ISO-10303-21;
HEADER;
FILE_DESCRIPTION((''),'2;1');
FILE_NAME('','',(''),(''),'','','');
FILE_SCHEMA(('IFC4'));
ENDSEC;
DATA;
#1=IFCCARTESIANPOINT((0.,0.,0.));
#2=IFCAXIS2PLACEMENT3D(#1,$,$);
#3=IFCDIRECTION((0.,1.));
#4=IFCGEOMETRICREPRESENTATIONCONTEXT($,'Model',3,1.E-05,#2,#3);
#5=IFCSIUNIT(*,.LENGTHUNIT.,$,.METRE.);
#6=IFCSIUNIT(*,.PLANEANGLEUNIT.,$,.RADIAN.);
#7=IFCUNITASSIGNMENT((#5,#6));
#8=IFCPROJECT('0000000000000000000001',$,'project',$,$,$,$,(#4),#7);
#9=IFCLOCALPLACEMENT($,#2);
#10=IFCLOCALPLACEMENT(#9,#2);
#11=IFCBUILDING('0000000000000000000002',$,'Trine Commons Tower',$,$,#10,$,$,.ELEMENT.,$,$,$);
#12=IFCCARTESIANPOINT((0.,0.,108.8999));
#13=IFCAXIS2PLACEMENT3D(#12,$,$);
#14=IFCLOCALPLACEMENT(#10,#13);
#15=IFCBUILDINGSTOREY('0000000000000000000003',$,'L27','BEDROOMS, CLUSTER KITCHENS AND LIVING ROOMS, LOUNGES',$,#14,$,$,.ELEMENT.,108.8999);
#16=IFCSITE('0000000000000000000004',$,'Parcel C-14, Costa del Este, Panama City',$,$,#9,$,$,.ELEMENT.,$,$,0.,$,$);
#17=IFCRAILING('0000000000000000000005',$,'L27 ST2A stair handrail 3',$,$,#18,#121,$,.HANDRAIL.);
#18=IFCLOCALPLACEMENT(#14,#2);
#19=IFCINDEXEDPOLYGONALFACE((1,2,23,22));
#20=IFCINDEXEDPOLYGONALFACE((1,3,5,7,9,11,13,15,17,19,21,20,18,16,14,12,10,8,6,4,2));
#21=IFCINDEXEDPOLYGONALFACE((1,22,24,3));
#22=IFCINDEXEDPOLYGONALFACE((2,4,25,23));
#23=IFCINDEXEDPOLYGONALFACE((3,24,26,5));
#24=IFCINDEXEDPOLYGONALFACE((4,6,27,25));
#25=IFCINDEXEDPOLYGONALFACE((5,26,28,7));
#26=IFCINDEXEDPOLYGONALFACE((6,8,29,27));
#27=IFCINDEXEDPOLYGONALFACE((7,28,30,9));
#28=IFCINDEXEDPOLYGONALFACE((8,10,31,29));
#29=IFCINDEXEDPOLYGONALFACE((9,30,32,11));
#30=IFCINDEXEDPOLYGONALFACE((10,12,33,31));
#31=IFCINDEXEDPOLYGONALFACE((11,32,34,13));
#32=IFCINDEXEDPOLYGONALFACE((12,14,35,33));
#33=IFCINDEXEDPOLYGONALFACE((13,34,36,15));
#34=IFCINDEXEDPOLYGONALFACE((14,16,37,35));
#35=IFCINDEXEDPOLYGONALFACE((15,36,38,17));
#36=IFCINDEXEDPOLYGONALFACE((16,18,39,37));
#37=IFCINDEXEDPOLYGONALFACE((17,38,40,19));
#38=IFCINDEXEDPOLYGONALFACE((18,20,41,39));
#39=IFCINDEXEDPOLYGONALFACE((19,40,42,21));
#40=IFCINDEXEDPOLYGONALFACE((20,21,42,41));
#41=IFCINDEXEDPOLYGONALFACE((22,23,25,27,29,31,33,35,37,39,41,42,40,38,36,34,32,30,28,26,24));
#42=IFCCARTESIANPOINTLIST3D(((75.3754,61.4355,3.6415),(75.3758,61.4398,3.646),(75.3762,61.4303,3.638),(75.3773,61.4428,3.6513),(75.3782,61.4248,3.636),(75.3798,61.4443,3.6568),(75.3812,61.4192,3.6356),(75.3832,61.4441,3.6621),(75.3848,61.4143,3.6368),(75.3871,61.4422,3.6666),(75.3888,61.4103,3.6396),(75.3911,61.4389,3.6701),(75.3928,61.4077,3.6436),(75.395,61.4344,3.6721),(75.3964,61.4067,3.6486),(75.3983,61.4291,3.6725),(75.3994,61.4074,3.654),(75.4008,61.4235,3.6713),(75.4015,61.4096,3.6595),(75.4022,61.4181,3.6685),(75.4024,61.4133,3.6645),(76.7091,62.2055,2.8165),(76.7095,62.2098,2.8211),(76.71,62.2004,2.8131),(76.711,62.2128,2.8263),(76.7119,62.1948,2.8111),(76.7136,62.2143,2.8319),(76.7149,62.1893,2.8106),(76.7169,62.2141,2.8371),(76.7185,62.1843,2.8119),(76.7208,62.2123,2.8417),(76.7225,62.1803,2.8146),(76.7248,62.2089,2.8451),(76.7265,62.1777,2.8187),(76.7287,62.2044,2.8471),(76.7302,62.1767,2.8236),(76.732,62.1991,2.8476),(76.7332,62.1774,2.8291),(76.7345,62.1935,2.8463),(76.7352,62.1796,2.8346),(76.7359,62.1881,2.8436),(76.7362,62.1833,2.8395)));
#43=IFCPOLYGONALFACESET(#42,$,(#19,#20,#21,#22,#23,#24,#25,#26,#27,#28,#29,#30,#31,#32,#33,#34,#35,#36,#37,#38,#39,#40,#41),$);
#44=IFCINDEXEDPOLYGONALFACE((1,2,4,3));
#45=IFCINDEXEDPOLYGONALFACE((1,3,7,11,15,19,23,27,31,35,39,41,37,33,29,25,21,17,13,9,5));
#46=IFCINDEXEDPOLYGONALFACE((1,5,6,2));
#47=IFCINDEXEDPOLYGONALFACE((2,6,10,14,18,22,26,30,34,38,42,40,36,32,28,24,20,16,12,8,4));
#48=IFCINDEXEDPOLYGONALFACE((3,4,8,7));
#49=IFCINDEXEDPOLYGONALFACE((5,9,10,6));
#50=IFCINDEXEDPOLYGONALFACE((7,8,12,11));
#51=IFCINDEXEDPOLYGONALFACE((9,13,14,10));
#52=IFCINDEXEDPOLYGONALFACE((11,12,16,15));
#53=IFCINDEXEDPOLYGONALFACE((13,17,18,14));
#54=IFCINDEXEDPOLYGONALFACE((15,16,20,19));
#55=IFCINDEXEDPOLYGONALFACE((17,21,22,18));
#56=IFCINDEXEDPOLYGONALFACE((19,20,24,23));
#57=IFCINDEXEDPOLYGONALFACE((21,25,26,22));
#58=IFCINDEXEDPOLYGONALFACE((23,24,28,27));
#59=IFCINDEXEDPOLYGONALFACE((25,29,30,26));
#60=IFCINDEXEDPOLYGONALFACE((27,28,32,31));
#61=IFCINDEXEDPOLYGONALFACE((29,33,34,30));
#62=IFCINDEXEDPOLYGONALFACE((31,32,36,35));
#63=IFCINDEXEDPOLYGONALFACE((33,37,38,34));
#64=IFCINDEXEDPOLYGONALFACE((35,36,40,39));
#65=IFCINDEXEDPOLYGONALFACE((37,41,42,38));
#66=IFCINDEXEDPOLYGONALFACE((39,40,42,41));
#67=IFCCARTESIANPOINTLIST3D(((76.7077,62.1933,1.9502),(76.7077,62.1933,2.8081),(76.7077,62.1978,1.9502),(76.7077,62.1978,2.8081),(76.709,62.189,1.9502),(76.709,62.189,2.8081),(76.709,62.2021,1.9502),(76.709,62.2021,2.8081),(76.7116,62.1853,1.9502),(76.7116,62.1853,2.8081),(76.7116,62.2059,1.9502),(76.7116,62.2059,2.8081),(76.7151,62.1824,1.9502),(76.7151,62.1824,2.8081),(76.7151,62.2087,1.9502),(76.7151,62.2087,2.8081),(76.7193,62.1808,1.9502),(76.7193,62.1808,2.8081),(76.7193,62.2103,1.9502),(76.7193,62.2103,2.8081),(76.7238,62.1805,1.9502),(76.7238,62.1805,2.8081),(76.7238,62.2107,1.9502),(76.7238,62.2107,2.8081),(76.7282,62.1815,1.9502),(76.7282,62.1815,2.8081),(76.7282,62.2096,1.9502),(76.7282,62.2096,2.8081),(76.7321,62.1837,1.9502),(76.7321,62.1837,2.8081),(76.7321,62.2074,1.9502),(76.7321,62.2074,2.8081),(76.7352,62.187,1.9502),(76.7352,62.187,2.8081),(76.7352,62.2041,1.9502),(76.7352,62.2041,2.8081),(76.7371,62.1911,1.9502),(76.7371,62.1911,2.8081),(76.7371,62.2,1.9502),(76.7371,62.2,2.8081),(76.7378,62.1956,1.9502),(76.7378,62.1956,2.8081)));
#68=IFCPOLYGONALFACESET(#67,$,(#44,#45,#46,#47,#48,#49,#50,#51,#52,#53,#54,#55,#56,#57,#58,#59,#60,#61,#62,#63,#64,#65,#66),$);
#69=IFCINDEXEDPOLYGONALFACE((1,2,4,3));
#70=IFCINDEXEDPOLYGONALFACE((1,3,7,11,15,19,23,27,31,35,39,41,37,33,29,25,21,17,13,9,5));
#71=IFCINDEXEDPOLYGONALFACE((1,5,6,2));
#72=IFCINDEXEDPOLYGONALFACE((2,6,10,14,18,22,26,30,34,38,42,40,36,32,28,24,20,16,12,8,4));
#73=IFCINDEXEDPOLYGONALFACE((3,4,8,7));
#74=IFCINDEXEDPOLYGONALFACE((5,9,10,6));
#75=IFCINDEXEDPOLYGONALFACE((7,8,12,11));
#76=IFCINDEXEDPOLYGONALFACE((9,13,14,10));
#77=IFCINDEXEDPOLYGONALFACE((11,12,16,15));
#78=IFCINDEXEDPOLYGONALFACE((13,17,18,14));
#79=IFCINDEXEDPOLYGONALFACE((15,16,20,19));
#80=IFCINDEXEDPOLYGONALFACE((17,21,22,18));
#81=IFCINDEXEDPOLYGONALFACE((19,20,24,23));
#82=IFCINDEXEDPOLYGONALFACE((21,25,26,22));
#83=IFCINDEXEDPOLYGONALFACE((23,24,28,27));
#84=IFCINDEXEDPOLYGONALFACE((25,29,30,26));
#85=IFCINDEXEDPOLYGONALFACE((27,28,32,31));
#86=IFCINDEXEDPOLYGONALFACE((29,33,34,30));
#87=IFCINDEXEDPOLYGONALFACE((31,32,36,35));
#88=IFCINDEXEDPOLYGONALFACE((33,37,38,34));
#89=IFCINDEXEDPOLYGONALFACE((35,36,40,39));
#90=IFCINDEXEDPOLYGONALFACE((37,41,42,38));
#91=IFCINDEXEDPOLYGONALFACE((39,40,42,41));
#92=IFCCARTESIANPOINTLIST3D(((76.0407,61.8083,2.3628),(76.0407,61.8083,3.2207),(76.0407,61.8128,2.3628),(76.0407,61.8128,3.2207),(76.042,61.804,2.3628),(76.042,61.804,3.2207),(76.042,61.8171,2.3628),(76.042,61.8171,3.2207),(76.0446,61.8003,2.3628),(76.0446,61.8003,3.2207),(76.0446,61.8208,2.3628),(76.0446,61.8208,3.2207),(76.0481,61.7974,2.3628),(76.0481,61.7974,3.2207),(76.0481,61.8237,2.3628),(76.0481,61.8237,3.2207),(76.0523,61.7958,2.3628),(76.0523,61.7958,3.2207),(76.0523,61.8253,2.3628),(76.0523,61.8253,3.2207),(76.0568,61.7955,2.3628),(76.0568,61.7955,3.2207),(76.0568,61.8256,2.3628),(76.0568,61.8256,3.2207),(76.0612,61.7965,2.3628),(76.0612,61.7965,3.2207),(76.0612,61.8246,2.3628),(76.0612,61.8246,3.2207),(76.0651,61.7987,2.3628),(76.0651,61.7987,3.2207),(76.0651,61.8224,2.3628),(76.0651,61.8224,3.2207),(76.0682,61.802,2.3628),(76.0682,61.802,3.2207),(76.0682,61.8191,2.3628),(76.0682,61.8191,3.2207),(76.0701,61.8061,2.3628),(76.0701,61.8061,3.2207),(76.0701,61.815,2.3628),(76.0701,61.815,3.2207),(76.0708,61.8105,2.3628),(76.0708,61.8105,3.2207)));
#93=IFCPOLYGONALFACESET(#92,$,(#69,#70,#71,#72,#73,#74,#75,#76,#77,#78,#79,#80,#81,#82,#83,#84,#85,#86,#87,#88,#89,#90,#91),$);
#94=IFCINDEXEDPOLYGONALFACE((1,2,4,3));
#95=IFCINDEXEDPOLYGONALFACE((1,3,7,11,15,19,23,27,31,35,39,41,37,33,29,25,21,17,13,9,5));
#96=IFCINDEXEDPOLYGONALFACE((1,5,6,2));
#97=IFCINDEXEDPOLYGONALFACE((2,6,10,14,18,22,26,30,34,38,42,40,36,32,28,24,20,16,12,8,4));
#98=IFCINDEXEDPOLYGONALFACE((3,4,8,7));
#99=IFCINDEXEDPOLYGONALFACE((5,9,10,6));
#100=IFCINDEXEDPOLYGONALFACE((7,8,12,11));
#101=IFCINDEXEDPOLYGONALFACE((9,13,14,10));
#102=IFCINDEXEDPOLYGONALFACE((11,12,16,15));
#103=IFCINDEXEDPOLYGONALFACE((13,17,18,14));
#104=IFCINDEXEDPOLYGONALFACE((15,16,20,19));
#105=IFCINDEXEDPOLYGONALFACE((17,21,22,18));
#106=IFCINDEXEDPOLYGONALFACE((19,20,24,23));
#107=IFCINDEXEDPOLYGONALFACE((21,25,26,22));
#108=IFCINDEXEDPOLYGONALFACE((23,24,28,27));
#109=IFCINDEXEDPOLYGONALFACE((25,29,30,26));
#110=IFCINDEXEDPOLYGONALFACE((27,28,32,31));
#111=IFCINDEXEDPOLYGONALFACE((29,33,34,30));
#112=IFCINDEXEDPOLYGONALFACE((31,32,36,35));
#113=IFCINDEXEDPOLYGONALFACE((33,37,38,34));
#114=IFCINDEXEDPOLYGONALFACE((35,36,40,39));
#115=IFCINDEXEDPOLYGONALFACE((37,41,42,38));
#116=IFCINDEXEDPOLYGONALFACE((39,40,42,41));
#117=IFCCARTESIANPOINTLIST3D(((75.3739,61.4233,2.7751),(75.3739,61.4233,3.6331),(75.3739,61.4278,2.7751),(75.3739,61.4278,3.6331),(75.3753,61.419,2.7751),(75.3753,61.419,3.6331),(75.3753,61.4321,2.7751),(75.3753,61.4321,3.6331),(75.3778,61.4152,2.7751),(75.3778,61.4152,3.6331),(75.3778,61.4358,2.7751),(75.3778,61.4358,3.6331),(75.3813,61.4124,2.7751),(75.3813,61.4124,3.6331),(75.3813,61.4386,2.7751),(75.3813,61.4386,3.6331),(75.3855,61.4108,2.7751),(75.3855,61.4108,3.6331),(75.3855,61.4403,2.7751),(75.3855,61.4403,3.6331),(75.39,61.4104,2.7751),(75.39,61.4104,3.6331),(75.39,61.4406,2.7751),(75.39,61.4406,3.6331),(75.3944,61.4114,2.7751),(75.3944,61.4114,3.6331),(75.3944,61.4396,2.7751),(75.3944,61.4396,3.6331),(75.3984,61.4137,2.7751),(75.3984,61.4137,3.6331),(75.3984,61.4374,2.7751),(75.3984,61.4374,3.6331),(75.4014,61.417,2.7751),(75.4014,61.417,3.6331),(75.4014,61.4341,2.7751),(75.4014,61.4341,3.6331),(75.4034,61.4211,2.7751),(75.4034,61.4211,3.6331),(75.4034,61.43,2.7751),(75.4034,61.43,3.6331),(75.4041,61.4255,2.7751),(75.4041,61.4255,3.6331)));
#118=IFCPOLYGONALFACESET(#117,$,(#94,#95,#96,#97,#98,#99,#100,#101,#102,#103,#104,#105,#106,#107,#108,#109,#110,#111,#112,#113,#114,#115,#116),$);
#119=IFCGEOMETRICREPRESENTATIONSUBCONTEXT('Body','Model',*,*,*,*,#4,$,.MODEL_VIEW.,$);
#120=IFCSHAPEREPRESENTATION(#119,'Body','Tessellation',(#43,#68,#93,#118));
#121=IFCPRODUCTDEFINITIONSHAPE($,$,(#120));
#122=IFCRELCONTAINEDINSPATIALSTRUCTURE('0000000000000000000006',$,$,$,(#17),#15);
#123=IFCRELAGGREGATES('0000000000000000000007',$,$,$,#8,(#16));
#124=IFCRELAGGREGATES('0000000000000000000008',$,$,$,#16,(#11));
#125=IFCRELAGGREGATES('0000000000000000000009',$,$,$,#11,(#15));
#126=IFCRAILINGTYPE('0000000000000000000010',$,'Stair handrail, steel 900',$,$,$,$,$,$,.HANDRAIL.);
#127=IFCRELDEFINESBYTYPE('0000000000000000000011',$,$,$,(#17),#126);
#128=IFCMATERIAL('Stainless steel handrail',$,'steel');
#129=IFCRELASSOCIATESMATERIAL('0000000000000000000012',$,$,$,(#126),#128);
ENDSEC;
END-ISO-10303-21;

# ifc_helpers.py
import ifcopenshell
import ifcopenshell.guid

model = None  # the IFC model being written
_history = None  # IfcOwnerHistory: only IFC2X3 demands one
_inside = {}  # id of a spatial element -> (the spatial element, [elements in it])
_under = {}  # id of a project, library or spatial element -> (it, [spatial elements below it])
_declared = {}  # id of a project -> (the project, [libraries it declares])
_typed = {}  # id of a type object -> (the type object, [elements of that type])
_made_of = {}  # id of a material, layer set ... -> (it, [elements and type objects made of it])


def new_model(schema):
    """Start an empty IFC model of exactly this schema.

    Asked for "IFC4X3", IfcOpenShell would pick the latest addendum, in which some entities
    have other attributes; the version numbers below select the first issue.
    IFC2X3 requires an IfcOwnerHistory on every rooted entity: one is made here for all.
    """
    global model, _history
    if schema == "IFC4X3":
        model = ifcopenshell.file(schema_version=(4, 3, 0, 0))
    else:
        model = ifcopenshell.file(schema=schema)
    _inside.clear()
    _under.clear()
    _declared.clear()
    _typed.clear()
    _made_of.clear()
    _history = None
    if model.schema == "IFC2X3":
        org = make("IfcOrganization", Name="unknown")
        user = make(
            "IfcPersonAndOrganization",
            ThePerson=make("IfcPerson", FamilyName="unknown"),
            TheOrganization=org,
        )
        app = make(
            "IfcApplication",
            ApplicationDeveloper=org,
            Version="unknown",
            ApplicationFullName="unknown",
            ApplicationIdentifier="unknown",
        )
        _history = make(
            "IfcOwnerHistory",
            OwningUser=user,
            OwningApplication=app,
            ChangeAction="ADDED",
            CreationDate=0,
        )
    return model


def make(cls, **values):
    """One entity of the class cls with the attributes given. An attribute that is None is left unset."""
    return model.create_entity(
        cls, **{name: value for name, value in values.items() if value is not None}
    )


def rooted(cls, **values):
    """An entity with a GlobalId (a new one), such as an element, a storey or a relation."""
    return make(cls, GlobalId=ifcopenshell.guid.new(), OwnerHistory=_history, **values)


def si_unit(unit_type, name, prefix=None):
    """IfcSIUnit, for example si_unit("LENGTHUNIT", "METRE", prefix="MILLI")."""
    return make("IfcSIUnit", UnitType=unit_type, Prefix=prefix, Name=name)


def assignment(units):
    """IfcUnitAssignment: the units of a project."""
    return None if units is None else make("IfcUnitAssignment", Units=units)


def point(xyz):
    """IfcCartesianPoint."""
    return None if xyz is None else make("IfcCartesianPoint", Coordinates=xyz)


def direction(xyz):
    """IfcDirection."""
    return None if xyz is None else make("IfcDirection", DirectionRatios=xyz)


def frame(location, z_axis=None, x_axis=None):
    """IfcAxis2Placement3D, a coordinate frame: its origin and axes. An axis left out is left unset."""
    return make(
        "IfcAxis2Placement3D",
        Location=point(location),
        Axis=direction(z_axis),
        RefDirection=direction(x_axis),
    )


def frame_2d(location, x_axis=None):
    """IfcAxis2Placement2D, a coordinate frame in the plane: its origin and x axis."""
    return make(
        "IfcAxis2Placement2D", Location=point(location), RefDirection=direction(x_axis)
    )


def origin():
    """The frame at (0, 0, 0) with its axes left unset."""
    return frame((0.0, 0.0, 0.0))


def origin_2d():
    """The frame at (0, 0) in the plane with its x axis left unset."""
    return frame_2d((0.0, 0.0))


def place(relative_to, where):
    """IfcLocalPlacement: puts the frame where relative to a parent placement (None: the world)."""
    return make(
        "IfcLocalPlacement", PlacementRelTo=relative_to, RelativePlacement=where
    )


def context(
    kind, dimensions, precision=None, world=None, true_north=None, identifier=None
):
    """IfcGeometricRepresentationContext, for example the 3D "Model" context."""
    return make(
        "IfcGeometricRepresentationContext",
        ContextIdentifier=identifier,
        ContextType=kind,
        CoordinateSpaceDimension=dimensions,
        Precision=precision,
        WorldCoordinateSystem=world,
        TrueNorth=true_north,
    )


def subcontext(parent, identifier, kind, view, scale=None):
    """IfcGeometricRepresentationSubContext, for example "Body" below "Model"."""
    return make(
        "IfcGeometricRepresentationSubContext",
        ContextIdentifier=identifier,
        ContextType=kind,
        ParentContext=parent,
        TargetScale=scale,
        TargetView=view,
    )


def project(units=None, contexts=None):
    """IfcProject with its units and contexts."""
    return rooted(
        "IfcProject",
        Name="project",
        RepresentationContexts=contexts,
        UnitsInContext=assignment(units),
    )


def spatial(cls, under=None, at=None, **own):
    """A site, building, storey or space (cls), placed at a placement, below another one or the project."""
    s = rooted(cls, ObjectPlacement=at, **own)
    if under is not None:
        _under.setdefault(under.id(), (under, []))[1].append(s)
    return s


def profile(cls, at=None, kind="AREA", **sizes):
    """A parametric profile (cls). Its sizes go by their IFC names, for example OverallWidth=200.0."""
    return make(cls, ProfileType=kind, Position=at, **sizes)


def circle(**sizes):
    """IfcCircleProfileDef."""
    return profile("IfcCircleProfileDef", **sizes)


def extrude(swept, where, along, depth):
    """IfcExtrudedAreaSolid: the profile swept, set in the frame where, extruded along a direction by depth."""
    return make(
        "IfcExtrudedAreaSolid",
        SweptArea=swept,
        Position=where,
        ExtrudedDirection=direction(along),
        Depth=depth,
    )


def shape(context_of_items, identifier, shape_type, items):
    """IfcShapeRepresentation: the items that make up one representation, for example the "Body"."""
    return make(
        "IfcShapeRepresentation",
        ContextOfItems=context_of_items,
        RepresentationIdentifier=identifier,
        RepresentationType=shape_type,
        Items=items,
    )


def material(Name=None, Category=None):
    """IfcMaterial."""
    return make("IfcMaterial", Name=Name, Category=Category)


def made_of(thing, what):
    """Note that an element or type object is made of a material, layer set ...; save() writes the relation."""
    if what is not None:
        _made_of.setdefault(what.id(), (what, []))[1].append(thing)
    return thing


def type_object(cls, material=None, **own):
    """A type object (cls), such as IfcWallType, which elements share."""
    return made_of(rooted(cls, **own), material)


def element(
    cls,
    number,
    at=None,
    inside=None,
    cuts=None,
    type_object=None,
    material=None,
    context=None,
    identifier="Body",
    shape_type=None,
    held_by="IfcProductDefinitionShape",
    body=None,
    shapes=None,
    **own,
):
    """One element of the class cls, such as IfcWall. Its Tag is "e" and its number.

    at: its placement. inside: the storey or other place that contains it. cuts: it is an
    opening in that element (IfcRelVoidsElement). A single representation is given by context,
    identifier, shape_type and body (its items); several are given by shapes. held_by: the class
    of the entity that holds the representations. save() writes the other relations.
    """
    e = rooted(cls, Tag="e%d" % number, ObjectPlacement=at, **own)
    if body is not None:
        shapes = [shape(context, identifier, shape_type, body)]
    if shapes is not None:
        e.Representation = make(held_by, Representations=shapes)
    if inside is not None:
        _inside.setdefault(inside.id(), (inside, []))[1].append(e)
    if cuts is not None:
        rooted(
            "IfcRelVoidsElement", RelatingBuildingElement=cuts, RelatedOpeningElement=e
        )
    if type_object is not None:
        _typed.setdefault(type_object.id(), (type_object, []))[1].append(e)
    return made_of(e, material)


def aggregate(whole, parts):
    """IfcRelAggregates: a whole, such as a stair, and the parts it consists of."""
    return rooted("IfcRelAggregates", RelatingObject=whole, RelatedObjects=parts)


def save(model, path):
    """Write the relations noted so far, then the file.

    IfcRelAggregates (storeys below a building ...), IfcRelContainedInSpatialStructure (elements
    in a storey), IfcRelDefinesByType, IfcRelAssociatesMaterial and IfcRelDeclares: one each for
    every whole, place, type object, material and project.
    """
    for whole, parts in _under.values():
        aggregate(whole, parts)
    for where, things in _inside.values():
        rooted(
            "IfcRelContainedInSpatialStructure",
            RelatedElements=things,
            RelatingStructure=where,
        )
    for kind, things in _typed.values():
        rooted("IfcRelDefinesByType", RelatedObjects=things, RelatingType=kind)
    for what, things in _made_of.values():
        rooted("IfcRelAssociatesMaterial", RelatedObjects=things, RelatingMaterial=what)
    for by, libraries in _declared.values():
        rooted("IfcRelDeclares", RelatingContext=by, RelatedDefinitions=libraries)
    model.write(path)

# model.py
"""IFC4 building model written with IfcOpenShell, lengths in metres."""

from ifc_helpers import new_model, si_unit, direction, frame, origin, origin_2d, place, context, subcontext, project, spatial, circle, extrude, material, type_object, element, save


model = new_model("IFC4")

# Units and contexts
model_context = context("Model", 3, precision=1e-05, world=origin(), true_north=direction((0.0, 1.0)))
body_context = subcontext(model_context, "Body", "Model", "MODEL_VIEW")
ifc_project = project(units=[si_unit("LENGTHUNIT", "METRE"), si_unit("PLANEANGLEUNIT", "RADIAN")], contexts=[model_context])

# Site, building, storey
site_placement = place(None, origin())
site = spatial("IfcSite", under=ifc_project, at=site_placement, Name="Parcel C-14, Costa del Este, Panama City", CompositionType="ELEMENT", RefElevation=0.0)
building_placement = place(site_placement, origin())
building = spatial("IfcBuilding", under=site, at=building_placement, Name="Trine Commons Tower", CompositionType="ELEMENT")
storey_placement = place(building_placement, frame((0.0, 0.0, 108.8999)))
storey = spatial("IfcBuildingStorey", under=building, at=storey_placement, Name="L27", Description="BEDROOMS, CLUSTER KITCHENS AND LIVING ROOMS, LOUNGES", CompositionType="ELEMENT", Elevation=108.8999)

# Railing
ifc_material_1 = material(Name="Stainless steel handrail", Category="steel")
railing_type_1 = type_object("IfcRailingType", Name="Stair handrail, steel 900", PredefinedType="HANDRAIL", material=ifc_material_1)
railing_1_placement = place(storey_placement, frame((76.7227, 62.1956, 1.9502)))
element("IfcRailing", 1, at=railing_1_placement, inside=storey, type_object=railing_type_1, Name="L27 ST2A stair handrail 3", PredefinedType="HANDRAIL", context=body_context, shape_type="SweptSolid", body=[
    extrude(circle(Radius=0.021, at=origin_2d()), frame((0.0, 0.0, 0.8789), z_axis=(-0.763405, -0.440743, 0.472185), x_axis=(0.499992, -0.86603, 0.0)), (0.0, 0.0, 1.0), 1.7471),
    extrude(circle(Radius=0.0151, at=origin_2d()), origin(), (0.0, 0.0, 1.0), 0.8579),
    extrude(circle(Radius=0.0151, at=origin_2d()), frame((-0.667, -0.385, 0.4126)), (0.0, 0.0, 1.0), 0.8579),
    extrude(circle(Radius=0.0151, at=origin_2d()), frame((-1.3337, -0.77, 0.825)), (0.0, 0.0, 1.0), 0.8579),
])

save(model, "model.ifc")
